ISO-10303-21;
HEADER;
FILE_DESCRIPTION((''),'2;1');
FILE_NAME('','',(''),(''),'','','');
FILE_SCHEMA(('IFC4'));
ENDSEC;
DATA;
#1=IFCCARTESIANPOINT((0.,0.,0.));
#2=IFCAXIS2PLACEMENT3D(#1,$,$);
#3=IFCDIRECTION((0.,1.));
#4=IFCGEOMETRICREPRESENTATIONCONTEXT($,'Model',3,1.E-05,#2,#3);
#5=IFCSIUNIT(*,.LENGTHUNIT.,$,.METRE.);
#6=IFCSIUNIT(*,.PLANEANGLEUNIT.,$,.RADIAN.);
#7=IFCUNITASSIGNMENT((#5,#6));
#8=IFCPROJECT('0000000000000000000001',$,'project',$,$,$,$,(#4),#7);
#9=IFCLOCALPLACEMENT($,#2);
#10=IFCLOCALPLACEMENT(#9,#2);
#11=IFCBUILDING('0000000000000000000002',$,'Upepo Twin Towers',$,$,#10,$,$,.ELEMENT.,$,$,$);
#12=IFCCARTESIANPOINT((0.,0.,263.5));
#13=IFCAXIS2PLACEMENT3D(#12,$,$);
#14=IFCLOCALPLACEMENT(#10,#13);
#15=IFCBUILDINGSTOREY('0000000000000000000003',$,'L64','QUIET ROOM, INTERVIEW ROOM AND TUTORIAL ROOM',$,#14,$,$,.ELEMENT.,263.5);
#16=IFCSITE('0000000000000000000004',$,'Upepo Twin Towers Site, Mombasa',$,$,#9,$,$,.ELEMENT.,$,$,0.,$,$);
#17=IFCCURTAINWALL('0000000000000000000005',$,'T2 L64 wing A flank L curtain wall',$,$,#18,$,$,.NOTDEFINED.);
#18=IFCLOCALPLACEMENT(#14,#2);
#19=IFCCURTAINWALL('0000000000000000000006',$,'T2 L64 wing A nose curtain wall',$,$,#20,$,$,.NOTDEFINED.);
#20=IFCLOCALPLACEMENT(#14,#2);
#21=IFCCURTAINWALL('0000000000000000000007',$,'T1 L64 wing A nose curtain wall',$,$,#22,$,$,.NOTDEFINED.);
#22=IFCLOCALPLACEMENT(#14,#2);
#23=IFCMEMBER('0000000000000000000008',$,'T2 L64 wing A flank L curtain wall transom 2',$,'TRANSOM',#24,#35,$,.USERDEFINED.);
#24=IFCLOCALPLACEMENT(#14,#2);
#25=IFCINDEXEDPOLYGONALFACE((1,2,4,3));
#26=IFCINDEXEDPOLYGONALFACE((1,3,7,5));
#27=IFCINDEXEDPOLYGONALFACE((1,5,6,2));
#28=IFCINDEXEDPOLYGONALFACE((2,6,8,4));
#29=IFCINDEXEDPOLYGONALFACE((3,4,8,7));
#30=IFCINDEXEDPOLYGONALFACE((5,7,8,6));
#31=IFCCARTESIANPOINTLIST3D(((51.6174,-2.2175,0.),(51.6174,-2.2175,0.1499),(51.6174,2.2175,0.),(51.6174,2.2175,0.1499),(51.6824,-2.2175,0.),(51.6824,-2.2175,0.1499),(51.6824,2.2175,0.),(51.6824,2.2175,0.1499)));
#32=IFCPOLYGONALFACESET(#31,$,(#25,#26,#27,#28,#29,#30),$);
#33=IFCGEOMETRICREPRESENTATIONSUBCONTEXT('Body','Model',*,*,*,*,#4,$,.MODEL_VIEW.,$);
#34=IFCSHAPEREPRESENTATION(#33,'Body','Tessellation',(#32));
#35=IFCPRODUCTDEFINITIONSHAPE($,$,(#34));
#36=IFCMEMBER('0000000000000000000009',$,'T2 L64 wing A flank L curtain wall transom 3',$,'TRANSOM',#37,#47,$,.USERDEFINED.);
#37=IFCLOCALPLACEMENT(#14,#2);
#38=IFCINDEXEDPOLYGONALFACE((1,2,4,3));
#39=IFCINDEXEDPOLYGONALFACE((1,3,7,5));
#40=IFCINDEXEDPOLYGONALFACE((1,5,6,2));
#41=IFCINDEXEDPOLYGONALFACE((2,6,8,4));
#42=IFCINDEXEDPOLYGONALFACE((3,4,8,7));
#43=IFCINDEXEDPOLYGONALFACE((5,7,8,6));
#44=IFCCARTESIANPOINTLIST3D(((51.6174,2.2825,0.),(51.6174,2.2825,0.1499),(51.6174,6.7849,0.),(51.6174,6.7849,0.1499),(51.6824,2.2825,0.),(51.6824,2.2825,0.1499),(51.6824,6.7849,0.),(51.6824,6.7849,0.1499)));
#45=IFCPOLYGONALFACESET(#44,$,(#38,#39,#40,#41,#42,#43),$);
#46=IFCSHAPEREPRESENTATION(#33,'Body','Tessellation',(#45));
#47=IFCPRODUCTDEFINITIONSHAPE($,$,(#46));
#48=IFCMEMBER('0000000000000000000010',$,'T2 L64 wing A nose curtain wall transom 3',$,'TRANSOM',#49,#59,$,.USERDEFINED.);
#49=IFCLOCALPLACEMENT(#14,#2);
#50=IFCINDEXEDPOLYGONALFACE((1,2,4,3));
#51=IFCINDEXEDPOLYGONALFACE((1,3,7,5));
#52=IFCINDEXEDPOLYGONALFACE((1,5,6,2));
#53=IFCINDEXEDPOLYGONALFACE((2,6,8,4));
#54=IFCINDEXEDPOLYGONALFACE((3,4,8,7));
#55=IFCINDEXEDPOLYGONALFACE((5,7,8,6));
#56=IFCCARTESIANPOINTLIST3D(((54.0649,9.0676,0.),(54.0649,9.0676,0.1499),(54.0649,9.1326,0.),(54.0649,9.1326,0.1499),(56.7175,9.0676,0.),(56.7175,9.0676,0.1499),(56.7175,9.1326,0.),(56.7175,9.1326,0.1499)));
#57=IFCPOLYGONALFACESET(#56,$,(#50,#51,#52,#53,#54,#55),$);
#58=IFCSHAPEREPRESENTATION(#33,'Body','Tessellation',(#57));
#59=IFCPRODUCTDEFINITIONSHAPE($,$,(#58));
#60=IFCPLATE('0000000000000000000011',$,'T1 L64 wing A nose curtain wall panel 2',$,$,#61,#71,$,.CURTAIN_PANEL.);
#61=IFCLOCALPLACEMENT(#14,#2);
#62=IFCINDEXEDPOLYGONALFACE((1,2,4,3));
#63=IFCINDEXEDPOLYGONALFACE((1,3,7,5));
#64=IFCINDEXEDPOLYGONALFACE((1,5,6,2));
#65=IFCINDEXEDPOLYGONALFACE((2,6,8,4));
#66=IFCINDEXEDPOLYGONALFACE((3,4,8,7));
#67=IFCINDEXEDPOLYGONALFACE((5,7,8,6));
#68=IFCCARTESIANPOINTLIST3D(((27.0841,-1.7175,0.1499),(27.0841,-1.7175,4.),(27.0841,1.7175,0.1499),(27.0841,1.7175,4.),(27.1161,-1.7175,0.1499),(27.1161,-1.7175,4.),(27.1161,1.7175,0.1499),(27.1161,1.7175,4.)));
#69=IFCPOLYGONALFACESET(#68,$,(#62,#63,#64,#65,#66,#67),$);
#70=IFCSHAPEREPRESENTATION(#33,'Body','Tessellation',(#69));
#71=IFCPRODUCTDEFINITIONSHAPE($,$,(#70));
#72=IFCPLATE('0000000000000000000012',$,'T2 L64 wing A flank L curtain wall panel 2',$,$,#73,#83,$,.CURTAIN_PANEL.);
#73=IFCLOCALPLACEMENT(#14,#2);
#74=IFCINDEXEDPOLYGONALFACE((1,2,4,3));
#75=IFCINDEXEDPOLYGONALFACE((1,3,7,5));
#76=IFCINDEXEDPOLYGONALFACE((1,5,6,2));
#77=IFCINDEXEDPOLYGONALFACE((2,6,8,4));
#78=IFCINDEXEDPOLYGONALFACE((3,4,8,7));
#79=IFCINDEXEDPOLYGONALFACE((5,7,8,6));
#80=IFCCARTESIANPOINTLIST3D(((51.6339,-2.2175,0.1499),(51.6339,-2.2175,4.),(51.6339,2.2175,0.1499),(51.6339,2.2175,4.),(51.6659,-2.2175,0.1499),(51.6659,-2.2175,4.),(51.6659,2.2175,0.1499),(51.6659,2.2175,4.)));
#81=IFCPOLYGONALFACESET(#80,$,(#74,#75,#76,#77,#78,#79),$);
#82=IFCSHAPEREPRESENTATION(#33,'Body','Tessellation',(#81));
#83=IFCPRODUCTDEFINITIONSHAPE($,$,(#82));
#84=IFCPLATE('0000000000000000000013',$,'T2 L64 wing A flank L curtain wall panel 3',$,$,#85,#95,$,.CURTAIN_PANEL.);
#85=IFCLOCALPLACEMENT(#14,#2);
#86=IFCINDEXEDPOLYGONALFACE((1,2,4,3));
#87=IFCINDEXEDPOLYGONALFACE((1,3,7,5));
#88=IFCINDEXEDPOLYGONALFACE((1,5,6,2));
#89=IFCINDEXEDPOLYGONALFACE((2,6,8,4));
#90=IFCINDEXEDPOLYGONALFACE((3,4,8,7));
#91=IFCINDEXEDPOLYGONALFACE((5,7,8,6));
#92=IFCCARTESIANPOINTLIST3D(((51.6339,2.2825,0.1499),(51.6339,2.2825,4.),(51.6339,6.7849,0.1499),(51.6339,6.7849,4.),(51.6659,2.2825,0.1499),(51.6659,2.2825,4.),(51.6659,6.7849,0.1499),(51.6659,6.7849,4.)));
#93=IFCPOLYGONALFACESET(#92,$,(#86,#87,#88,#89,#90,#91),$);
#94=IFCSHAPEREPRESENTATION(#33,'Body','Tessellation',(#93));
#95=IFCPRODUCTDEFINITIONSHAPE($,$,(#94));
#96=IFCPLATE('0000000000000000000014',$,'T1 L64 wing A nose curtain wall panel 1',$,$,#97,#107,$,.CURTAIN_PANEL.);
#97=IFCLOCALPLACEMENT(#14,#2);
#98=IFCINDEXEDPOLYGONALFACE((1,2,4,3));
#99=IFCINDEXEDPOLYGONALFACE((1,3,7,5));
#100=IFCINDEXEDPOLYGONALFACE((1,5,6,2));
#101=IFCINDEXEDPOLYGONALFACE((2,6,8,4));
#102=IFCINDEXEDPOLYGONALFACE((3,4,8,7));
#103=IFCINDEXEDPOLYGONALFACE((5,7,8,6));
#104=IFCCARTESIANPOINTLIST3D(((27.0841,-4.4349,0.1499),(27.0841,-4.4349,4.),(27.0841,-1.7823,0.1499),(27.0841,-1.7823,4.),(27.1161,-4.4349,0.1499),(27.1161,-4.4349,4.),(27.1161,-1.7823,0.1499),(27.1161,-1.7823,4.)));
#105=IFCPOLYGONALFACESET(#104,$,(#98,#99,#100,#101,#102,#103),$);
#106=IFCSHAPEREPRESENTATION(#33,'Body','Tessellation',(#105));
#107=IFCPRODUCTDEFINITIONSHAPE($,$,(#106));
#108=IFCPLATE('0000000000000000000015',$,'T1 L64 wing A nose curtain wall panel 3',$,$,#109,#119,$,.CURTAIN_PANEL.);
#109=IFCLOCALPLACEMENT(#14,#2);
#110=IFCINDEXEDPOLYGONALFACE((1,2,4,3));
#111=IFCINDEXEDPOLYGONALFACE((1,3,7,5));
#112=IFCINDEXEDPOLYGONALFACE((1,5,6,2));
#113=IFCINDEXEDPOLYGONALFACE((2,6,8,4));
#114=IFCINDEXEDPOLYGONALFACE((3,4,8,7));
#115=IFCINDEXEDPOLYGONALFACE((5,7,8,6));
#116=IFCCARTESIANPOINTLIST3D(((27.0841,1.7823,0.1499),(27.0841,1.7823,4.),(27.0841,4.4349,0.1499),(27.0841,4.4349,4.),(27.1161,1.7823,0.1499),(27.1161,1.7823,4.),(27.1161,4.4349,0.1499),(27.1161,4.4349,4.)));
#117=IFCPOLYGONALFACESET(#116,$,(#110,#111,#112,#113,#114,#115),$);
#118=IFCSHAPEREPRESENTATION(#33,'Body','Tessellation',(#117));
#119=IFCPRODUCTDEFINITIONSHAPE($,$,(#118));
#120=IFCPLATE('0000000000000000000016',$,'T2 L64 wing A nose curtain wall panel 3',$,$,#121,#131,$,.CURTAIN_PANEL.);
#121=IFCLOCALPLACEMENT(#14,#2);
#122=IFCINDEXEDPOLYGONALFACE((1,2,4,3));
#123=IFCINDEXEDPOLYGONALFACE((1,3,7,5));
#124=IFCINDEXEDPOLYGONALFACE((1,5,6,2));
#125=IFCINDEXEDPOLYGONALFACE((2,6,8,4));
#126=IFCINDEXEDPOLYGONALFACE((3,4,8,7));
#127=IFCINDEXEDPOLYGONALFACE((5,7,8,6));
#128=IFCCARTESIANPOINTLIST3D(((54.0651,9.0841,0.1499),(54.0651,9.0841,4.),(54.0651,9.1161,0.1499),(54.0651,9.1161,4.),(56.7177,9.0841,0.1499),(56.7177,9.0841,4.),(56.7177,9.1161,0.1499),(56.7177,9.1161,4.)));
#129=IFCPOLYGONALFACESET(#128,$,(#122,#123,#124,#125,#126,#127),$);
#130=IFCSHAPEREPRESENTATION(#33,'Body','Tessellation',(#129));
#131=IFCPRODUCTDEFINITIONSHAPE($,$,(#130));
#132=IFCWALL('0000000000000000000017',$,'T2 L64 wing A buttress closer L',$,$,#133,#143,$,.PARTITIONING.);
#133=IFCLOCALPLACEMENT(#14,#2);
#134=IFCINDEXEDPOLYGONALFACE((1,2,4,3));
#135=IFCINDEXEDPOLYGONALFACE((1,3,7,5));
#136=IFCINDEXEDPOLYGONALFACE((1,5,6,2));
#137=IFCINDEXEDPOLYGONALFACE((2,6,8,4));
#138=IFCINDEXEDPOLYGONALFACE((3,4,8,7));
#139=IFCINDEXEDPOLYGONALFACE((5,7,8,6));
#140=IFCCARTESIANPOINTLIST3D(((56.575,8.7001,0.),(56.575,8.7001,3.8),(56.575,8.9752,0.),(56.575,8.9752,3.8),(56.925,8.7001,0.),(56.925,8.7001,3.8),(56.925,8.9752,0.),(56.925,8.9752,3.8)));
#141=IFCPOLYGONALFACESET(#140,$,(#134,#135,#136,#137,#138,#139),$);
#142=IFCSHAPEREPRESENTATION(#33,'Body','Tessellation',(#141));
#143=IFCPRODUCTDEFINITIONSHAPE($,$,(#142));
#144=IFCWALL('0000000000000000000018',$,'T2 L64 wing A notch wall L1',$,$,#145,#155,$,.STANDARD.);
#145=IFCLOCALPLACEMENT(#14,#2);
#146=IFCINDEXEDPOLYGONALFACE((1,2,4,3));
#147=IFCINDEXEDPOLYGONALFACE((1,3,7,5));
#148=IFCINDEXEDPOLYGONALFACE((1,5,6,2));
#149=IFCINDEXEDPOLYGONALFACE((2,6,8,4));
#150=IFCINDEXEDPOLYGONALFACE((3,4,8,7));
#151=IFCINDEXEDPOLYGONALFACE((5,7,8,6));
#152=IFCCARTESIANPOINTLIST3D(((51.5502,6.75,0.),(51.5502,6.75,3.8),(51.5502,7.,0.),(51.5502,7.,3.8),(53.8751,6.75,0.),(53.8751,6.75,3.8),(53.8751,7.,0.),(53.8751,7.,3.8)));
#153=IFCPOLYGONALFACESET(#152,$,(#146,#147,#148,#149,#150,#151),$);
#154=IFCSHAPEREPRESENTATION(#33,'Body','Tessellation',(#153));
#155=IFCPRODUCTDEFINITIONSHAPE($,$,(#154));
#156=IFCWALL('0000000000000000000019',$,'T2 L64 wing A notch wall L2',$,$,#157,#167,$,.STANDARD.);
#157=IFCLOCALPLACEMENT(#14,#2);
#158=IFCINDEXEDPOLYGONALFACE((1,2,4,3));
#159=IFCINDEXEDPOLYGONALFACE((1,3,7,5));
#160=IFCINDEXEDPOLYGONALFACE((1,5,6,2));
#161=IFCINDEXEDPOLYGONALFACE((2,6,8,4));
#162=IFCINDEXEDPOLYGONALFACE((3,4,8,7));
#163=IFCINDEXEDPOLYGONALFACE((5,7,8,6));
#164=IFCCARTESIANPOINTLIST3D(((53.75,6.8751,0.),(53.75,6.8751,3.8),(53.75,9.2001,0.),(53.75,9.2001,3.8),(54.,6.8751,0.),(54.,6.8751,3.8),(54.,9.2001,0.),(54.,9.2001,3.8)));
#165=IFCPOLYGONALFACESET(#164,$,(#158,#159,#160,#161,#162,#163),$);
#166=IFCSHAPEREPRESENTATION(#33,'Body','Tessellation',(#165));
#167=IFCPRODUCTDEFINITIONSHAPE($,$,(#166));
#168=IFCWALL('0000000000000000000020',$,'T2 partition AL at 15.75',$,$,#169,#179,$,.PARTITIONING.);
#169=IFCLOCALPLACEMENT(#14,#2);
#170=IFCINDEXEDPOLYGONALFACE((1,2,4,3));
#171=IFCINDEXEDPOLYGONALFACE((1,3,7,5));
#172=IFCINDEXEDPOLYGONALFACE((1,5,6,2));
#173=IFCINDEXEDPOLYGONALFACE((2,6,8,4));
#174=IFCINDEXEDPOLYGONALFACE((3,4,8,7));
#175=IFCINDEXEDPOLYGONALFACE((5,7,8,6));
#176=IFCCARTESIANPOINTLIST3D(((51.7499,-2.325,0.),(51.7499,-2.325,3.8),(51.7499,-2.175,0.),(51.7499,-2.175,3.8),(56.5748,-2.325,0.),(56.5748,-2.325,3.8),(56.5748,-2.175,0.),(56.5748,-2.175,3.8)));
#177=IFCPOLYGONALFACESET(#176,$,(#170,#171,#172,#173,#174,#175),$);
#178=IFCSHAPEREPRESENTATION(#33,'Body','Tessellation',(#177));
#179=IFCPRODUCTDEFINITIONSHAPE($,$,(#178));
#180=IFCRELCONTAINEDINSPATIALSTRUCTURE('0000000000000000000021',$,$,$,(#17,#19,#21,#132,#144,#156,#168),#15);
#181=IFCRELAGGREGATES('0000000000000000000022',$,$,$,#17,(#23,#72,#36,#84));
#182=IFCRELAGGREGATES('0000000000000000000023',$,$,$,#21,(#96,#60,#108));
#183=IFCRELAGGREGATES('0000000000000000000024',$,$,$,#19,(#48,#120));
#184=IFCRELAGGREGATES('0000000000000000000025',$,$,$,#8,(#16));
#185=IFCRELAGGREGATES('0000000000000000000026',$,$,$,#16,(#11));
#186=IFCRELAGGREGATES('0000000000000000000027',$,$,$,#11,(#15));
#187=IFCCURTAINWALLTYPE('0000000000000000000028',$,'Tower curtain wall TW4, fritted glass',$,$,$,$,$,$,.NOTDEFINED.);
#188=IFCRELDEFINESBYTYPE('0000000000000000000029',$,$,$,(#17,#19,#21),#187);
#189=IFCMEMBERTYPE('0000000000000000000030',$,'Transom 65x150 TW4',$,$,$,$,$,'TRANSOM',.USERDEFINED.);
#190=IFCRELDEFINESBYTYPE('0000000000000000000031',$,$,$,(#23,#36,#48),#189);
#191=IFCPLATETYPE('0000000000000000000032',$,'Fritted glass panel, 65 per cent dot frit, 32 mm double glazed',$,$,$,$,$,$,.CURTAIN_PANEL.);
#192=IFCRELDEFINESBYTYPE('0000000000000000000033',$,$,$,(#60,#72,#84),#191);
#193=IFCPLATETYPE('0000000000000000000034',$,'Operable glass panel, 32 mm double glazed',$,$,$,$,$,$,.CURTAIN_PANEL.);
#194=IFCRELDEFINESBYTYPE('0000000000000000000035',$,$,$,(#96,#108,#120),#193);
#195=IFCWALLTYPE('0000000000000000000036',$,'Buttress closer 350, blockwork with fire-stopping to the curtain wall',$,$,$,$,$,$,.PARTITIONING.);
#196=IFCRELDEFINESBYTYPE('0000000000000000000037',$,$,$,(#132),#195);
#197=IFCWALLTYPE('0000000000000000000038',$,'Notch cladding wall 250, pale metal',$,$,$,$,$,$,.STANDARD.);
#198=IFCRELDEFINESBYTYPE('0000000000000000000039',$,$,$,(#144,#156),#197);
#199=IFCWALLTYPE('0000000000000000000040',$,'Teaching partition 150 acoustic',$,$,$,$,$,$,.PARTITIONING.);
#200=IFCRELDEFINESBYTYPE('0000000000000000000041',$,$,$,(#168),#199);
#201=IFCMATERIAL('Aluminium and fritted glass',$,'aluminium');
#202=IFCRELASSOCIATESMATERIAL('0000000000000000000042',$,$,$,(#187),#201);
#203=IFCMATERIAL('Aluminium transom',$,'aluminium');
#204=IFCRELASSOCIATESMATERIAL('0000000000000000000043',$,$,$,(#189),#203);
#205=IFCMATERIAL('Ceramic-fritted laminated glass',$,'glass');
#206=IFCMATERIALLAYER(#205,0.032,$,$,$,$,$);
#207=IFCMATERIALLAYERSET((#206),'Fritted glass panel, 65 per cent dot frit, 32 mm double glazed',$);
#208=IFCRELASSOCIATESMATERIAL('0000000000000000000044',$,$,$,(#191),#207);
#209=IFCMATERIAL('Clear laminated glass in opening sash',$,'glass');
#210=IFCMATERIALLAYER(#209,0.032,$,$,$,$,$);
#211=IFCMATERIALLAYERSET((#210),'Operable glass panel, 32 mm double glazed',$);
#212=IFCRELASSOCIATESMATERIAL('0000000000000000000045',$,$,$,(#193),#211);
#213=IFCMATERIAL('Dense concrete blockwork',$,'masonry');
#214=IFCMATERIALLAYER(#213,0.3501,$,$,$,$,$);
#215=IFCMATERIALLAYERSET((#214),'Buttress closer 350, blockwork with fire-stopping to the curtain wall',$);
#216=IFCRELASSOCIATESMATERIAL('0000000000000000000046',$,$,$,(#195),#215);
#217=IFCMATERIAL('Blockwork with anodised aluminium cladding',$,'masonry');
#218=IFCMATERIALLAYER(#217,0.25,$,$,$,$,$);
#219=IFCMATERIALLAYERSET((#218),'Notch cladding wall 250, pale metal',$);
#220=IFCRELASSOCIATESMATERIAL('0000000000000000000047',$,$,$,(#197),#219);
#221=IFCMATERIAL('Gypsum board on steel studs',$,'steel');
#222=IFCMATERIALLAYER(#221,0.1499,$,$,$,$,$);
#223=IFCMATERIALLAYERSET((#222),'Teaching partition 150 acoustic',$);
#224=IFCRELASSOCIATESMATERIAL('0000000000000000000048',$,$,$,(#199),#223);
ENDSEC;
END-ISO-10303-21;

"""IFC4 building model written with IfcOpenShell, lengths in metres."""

from ifc_helpers import new_model, si_unit, direction, frame, frame_2d, origin, origin_2d, place, context, subcontext, project, spatial, rectangle, extrude, material, layer, layer_set, material_profile, profile_set, type_object, element, aggregate, save


model = new_model("IFC4")

# Units and contexts
model_context = context("Model", 3, precision=1e-05, world=origin(), true_north=direction((0.0, 1.0)))
body_context = subcontext(model_context, "Body", "Model", "MODEL_VIEW")
ifc_project = project(units=[si_unit("LENGTHUNIT", "METRE"), si_unit("PLANEANGLEUNIT", "RADIAN")], contexts=[model_context])

# Site, building, storey
site_placement = place(None, origin())
site = spatial("IfcSite", under=ifc_project, at=site_placement, Name="Upepo Twin Towers Site, Mombasa", CompositionType="ELEMENT", RefElevation=0.0)
building_placement = place(site_placement, origin())
building = spatial("IfcBuilding", under=site, at=building_placement, Name="Upepo Twin Towers", CompositionType="ELEMENT")
storey_placement = place(building_placement, frame((0.0, 0.0, 263.5)))
storey = spatial("IfcBuildingStorey", under=building, at=storey_placement, Name="L64", Description="QUIET ROOM, INTERVIEW ROOM AND TUTORIAL ROOM", CompositionType="ELEMENT", Elevation=263.5)

# Curtain walls
ifc_material_1 = material(Name="Aluminium and fritted glass", Category="aluminium")
curtain_wall_type = type_object("IfcCurtainWallType", Name="Tower curtain wall TW4, fritted glass", PredefinedType="NOTDEFINED", material=ifc_material_1)
curtain_wall_1_placement = place(storey_placement, origin())
curtain_wall_1 = element("IfcCurtainWall", 1, at=curtain_wall_1_placement, inside=storey, type_object=curtain_wall_type, Name="T2 L64 wing A flank L curtain wall", PredefinedType="NOTDEFINED")
curtain_wall_2_placement = place(storey_placement, origin())
curtain_wall_2 = element("IfcCurtainWall", 2, at=curtain_wall_2_placement, inside=storey, type_object=curtain_wall_type, Name="T2 L64 wing A nose curtain wall", PredefinedType="NOTDEFINED")
curtain_wall_3_placement = place(storey_placement, origin())
curtain_wall_3 = element("IfcCurtainWall", 3, at=curtain_wall_3_placement, inside=storey, type_object=curtain_wall_type, Name="T1 L64 wing A nose curtain wall", PredefinedType="NOTDEFINED")
ifc_material_2 = material(Name="Aluminium transom", Category="aluminium")
ifc_material_profile_1 = material_profile(ifc_material_2, rectangle(XDim=0.0649, YDim=0.1499, at=origin_2d()), Name="TRANSOM 65x150")
ifc_profile_set_1 = profile_set([ifc_material_profile_1], Name="Aluminium transom")
member_type_1 = type_object("IfcMemberType", Name="Transom 65x150 TW4", ElementType="TRANSOM", PredefinedType="USERDEFINED", material=ifc_profile_set_1)

# Members
member_1_placement = place(storey_placement, frame((51.6499, -2.2175, 0.075), z_axis=(0.0, 1.0, 0.0), x_axis=(-1.0, 0.0, 0.0)))
member_1 = element("IfcMember", 4, at=member_1_placement, type_object=member_type_1, Name="T2 L64 wing A flank L curtain wall transom 2", ObjectType="TRANSOM", PredefinedType="USERDEFINED", context=body_context, shape_type="SweptSolid", body=[
    extrude(rectangle(XDim=0.0649, YDim=0.1499, at=origin_2d()), origin(), (0.0, 0.0, 1.0), 4.4351),
])
member_2_placement = place(storey_placement, frame((51.6499, 2.2825, 0.075), z_axis=(0.0, 1.0, 0.0), x_axis=(-1.0, 0.0, 0.0)))
member_2 = element("IfcMember", 5, at=member_2_placement, type_object=member_type_1, Name="T2 L64 wing A flank L curtain wall transom 3", ObjectType="TRANSOM", PredefinedType="USERDEFINED", context=body_context, shape_type="SweptSolid", body=[
    extrude(rectangle(XDim=0.0649, YDim=0.1499, at=origin_2d()), origin(), (0.0, 0.0, 1.0), 4.5024),
])
member_3_placement = place(storey_placement, frame((56.7175, 9.1001, 0.075), z_axis=(-1.0, 0.0, 0.0), x_axis=(0.0, -1.0, 0.0)))
member_3 = element("IfcMember", 6, at=member_3_placement, type_object=member_type_1, Name="T2 L64 wing A nose curtain wall transom 3", ObjectType="TRANSOM", PredefinedType="USERDEFINED", context=body_context, shape_type="SweptSolid", body=[
    extrude(rectangle(XDim=0.0649, YDim=0.1499, at=origin_2d()), origin(), (0.0, 0.0, 1.0), 2.6526),
])

# Plates
ifc_material_3 = material(Name="Ceramic-fritted laminated glass", Category="glass")
ifc_layer_1 = layer(ifc_material_3, 0.032)
ifc_layer_set_1 = layer_set([ifc_layer_1], Name="Fritted glass panel, 65 per cent dot frit, 32 mm double glazed")
plate_type_1 = type_object("IfcPlateType", Name="Fritted glass panel, 65 per cent dot frit, 32 mm double glazed", PredefinedType="CURTAIN_PANEL", material=ifc_layer_set_1)
plate_1_placement = place(storey_placement, frame((27.1001, 0.0, 0.1499), z_axis=(0.0, 0.0, 1.0), x_axis=(0.0, 1.0, 0.0)))
plate_1 = element("IfcPlate", 7, at=plate_1_placement, type_object=plate_type_1, Name="T1 L64 wing A nose curtain wall panel 2", PredefinedType="CURTAIN_PANEL", context=body_context, shape_type="SweptSolid", body=[
    extrude(rectangle(XDim=3.4351, YDim=0.032, at=origin_2d()), origin(), (0.0, 0.0, 1.0), 3.8501),
])
plate_2_placement = place(storey_placement, frame((51.6499, 0.0, 0.1499), z_axis=(0.0, 0.0, 1.0), x_axis=(0.0, 1.0, 0.0)))
plate_2 = element("IfcPlate", 8, at=plate_2_placement, type_object=plate_type_1, Name="T2 L64 wing A flank L curtain wall panel 2", PredefinedType="CURTAIN_PANEL", context=body_context, shape_type="SweptSolid", body=[
    extrude(rectangle(XDim=4.4351, YDim=0.032, at=origin_2d()), origin(), (0.0, 0.0, 1.0), 3.8501),
])
plate_3_placement = place(storey_placement, frame((51.6499, 4.5337, 0.1499), z_axis=(0.0, 0.0, 1.0), x_axis=(0.0, 1.0, 0.0)))
plate_3 = element("IfcPlate", 9, at=plate_3_placement, type_object=plate_type_1, Name="T2 L64 wing A flank L curtain wall panel 3", PredefinedType="CURTAIN_PANEL", context=body_context, shape_type="SweptSolid", body=[
    extrude(rectangle(XDim=4.5024, YDim=0.032, at=origin_2d()), origin(), (0.0, 0.0, 1.0), 3.8501),
])
aggregate(curtain_wall_1, [member_1, plate_2, member_2, plate_3])
ifc_material_4 = material(Name="Clear laminated glass in opening sash", Category="glass")
ifc_layer_2 = layer(ifc_material_4, 0.032)
ifc_layer_set_2 = layer_set([ifc_layer_2], Name="Operable glass panel, 32 mm double glazed")
plate_type_2 = type_object("IfcPlateType", Name="Operable glass panel, 32 mm double glazed", PredefinedType="CURTAIN_PANEL", material=ifc_layer_set_2)
plate_4_placement = place(storey_placement, frame((27.1001, -3.1086, 0.1499), z_axis=(0.0, 0.0, 1.0), x_axis=(0.0, 1.0, 0.0)))
plate_4 = element("IfcPlate", 10, at=plate_4_placement, type_object=plate_type_2, Name="T1 L64 wing A nose curtain wall panel 1", PredefinedType="CURTAIN_PANEL", context=body_context, shape_type="SweptSolid", body=[
    extrude(rectangle(XDim=2.6526, YDim=0.032, at=origin_2d()), origin(), (0.0, 0.0, 1.0), 3.8501),
])
plate_5_placement = place(storey_placement, frame((27.1001, 3.1086, 0.1499), z_axis=(0.0, 0.0, 1.0), x_axis=(0.0, 1.0, 0.0)))
plate_5 = element("IfcPlate", 11, at=plate_5_placement, type_object=plate_type_2, Name="T1 L64 wing A nose curtain wall panel 3", PredefinedType="CURTAIN_PANEL", context=body_context, shape_type="SweptSolid", body=[
    extrude(rectangle(XDim=2.6526, YDim=0.032, at=origin_2d()), origin(), (0.0, 0.0, 1.0), 3.8501),
])
aggregate(curtain_wall_3, [plate_4, plate_1, plate_5])
plate_6_placement = place(storey_placement, frame((55.3914, 9.1001, 0.1499), z_axis=(0.0, 0.0, 1.0), x_axis=(-1.0, 0.0, 0.0)))
plate_6 = element("IfcPlate", 12, at=plate_6_placement, type_object=plate_type_2, Name="T2 L64 wing A nose curtain wall panel 3", PredefinedType="CURTAIN_PANEL", context=body_context, shape_type="SweptSolid", body=[
    extrude(rectangle(XDim=2.6526, YDim=0.032, at=origin_2d()), origin(), (0.0, 0.0, 1.0), 3.8501),
])
aggregate(curtain_wall_2, [member_3, plate_6])

# Walls
ifc_material_5 = material(Name="Dense concrete blockwork", Category="masonry")
ifc_layer_3 = layer(ifc_material_5, 0.3501)
ifc_layer_set_3 = layer_set([ifc_layer_3], Name="Buttress closer 350, blockwork with fire-stopping to the curtain wall")
wall_type_1 = type_object("IfcWallType", Name="Buttress closer 350, blockwork with fire-stopping to the curtain wall", PredefinedType="PARTITIONING", material=ifc_layer_set_3)
wall_1_placement = place(storey_placement, frame((56.75, 8.7, 0.0), z_axis=(0.0, 0.0, 1.0), x_axis=(0.0, 1.0, 0.0)))
element("IfcWall", 13, at=wall_1_placement, inside=storey, type_object=wall_type_1, Name="T2 L64 wing A buttress closer L", PredefinedType="PARTITIONING", context=body_context, shape_type="SweptSolid", body=[
    extrude(rectangle(XDim=0.2751, YDim=0.3501, at=frame_2d((0.1377, 0.0))), origin(), (0.0, 0.0, 1.0), 3.8),
])
ifc_material_6 = material(Name="Blockwork with anodised aluminium cladding", Category="masonry")
ifc_layer_4 = layer(ifc_material_6, 0.25)
ifc_layer_set_4 = layer_set([ifc_layer_4], Name="Notch cladding wall 250, pale metal")
wall_type_2 = type_object("IfcWallType", Name="Notch cladding wall 250, pale metal", PredefinedType="STANDARD", material=ifc_layer_set_4)
for number, where, z_axis, x_axis, name in (
    (14, (51.55, 6.875, 0.0), (0.0, 0.0, 1.0), (1.0, 0.0, 0.0), "T2 L64 wing A notch wall L1"),
    (15, (53.875, 6.875, 0.0), (0.0, 0.0, 1.0), (0.0, 1.0, 0.0), "T2 L64 wing A notch wall L2"),
):
    element("IfcWall", number, at=place(storey_placement, frame(where, z_axis=z_axis, x_axis=x_axis)), inside=storey, type_object=wall_type_2, Name=name, PredefinedType="STANDARD", context=body_context, shape_type="SweptSolid", body=[
        extrude(rectangle(XDim=2.325, YDim=0.25, at=frame_2d((1.1626, 0.0))), origin(), (0.0, 0.0, 1.0), 3.8),
    ])
ifc_material_7 = material(Name="Gypsum board on steel studs", Category="steel")
ifc_layer_5 = layer(ifc_material_7, 0.1499)
ifc_layer_set_5 = layer_set([ifc_layer_5], Name="Teaching partition 150 acoustic")
wall_type_3 = type_object("IfcWallType", Name="Teaching partition 150 acoustic", PredefinedType="PARTITIONING", material=ifc_layer_set_5)
wall_2_placement = place(storey_placement, frame((56.575, -2.25, 0.0), z_axis=(0.0, 0.0, 1.0), x_axis=(-1.0, 0.0, 0.0)))
element("IfcWall", 16, at=wall_2_placement, inside=storey, type_object=wall_type_3, Name="T2 partition AL at 15.75", PredefinedType="PARTITIONING", context=body_context, shape_type="SweptSolid", body=[
    extrude(rectangle(XDim=4.825, YDim=0.1499, at=frame_2d((2.4126, 0.0))), origin(), (0.0, 0.0, 1.0), 3.8),
])

save(model, "model.ifc")
